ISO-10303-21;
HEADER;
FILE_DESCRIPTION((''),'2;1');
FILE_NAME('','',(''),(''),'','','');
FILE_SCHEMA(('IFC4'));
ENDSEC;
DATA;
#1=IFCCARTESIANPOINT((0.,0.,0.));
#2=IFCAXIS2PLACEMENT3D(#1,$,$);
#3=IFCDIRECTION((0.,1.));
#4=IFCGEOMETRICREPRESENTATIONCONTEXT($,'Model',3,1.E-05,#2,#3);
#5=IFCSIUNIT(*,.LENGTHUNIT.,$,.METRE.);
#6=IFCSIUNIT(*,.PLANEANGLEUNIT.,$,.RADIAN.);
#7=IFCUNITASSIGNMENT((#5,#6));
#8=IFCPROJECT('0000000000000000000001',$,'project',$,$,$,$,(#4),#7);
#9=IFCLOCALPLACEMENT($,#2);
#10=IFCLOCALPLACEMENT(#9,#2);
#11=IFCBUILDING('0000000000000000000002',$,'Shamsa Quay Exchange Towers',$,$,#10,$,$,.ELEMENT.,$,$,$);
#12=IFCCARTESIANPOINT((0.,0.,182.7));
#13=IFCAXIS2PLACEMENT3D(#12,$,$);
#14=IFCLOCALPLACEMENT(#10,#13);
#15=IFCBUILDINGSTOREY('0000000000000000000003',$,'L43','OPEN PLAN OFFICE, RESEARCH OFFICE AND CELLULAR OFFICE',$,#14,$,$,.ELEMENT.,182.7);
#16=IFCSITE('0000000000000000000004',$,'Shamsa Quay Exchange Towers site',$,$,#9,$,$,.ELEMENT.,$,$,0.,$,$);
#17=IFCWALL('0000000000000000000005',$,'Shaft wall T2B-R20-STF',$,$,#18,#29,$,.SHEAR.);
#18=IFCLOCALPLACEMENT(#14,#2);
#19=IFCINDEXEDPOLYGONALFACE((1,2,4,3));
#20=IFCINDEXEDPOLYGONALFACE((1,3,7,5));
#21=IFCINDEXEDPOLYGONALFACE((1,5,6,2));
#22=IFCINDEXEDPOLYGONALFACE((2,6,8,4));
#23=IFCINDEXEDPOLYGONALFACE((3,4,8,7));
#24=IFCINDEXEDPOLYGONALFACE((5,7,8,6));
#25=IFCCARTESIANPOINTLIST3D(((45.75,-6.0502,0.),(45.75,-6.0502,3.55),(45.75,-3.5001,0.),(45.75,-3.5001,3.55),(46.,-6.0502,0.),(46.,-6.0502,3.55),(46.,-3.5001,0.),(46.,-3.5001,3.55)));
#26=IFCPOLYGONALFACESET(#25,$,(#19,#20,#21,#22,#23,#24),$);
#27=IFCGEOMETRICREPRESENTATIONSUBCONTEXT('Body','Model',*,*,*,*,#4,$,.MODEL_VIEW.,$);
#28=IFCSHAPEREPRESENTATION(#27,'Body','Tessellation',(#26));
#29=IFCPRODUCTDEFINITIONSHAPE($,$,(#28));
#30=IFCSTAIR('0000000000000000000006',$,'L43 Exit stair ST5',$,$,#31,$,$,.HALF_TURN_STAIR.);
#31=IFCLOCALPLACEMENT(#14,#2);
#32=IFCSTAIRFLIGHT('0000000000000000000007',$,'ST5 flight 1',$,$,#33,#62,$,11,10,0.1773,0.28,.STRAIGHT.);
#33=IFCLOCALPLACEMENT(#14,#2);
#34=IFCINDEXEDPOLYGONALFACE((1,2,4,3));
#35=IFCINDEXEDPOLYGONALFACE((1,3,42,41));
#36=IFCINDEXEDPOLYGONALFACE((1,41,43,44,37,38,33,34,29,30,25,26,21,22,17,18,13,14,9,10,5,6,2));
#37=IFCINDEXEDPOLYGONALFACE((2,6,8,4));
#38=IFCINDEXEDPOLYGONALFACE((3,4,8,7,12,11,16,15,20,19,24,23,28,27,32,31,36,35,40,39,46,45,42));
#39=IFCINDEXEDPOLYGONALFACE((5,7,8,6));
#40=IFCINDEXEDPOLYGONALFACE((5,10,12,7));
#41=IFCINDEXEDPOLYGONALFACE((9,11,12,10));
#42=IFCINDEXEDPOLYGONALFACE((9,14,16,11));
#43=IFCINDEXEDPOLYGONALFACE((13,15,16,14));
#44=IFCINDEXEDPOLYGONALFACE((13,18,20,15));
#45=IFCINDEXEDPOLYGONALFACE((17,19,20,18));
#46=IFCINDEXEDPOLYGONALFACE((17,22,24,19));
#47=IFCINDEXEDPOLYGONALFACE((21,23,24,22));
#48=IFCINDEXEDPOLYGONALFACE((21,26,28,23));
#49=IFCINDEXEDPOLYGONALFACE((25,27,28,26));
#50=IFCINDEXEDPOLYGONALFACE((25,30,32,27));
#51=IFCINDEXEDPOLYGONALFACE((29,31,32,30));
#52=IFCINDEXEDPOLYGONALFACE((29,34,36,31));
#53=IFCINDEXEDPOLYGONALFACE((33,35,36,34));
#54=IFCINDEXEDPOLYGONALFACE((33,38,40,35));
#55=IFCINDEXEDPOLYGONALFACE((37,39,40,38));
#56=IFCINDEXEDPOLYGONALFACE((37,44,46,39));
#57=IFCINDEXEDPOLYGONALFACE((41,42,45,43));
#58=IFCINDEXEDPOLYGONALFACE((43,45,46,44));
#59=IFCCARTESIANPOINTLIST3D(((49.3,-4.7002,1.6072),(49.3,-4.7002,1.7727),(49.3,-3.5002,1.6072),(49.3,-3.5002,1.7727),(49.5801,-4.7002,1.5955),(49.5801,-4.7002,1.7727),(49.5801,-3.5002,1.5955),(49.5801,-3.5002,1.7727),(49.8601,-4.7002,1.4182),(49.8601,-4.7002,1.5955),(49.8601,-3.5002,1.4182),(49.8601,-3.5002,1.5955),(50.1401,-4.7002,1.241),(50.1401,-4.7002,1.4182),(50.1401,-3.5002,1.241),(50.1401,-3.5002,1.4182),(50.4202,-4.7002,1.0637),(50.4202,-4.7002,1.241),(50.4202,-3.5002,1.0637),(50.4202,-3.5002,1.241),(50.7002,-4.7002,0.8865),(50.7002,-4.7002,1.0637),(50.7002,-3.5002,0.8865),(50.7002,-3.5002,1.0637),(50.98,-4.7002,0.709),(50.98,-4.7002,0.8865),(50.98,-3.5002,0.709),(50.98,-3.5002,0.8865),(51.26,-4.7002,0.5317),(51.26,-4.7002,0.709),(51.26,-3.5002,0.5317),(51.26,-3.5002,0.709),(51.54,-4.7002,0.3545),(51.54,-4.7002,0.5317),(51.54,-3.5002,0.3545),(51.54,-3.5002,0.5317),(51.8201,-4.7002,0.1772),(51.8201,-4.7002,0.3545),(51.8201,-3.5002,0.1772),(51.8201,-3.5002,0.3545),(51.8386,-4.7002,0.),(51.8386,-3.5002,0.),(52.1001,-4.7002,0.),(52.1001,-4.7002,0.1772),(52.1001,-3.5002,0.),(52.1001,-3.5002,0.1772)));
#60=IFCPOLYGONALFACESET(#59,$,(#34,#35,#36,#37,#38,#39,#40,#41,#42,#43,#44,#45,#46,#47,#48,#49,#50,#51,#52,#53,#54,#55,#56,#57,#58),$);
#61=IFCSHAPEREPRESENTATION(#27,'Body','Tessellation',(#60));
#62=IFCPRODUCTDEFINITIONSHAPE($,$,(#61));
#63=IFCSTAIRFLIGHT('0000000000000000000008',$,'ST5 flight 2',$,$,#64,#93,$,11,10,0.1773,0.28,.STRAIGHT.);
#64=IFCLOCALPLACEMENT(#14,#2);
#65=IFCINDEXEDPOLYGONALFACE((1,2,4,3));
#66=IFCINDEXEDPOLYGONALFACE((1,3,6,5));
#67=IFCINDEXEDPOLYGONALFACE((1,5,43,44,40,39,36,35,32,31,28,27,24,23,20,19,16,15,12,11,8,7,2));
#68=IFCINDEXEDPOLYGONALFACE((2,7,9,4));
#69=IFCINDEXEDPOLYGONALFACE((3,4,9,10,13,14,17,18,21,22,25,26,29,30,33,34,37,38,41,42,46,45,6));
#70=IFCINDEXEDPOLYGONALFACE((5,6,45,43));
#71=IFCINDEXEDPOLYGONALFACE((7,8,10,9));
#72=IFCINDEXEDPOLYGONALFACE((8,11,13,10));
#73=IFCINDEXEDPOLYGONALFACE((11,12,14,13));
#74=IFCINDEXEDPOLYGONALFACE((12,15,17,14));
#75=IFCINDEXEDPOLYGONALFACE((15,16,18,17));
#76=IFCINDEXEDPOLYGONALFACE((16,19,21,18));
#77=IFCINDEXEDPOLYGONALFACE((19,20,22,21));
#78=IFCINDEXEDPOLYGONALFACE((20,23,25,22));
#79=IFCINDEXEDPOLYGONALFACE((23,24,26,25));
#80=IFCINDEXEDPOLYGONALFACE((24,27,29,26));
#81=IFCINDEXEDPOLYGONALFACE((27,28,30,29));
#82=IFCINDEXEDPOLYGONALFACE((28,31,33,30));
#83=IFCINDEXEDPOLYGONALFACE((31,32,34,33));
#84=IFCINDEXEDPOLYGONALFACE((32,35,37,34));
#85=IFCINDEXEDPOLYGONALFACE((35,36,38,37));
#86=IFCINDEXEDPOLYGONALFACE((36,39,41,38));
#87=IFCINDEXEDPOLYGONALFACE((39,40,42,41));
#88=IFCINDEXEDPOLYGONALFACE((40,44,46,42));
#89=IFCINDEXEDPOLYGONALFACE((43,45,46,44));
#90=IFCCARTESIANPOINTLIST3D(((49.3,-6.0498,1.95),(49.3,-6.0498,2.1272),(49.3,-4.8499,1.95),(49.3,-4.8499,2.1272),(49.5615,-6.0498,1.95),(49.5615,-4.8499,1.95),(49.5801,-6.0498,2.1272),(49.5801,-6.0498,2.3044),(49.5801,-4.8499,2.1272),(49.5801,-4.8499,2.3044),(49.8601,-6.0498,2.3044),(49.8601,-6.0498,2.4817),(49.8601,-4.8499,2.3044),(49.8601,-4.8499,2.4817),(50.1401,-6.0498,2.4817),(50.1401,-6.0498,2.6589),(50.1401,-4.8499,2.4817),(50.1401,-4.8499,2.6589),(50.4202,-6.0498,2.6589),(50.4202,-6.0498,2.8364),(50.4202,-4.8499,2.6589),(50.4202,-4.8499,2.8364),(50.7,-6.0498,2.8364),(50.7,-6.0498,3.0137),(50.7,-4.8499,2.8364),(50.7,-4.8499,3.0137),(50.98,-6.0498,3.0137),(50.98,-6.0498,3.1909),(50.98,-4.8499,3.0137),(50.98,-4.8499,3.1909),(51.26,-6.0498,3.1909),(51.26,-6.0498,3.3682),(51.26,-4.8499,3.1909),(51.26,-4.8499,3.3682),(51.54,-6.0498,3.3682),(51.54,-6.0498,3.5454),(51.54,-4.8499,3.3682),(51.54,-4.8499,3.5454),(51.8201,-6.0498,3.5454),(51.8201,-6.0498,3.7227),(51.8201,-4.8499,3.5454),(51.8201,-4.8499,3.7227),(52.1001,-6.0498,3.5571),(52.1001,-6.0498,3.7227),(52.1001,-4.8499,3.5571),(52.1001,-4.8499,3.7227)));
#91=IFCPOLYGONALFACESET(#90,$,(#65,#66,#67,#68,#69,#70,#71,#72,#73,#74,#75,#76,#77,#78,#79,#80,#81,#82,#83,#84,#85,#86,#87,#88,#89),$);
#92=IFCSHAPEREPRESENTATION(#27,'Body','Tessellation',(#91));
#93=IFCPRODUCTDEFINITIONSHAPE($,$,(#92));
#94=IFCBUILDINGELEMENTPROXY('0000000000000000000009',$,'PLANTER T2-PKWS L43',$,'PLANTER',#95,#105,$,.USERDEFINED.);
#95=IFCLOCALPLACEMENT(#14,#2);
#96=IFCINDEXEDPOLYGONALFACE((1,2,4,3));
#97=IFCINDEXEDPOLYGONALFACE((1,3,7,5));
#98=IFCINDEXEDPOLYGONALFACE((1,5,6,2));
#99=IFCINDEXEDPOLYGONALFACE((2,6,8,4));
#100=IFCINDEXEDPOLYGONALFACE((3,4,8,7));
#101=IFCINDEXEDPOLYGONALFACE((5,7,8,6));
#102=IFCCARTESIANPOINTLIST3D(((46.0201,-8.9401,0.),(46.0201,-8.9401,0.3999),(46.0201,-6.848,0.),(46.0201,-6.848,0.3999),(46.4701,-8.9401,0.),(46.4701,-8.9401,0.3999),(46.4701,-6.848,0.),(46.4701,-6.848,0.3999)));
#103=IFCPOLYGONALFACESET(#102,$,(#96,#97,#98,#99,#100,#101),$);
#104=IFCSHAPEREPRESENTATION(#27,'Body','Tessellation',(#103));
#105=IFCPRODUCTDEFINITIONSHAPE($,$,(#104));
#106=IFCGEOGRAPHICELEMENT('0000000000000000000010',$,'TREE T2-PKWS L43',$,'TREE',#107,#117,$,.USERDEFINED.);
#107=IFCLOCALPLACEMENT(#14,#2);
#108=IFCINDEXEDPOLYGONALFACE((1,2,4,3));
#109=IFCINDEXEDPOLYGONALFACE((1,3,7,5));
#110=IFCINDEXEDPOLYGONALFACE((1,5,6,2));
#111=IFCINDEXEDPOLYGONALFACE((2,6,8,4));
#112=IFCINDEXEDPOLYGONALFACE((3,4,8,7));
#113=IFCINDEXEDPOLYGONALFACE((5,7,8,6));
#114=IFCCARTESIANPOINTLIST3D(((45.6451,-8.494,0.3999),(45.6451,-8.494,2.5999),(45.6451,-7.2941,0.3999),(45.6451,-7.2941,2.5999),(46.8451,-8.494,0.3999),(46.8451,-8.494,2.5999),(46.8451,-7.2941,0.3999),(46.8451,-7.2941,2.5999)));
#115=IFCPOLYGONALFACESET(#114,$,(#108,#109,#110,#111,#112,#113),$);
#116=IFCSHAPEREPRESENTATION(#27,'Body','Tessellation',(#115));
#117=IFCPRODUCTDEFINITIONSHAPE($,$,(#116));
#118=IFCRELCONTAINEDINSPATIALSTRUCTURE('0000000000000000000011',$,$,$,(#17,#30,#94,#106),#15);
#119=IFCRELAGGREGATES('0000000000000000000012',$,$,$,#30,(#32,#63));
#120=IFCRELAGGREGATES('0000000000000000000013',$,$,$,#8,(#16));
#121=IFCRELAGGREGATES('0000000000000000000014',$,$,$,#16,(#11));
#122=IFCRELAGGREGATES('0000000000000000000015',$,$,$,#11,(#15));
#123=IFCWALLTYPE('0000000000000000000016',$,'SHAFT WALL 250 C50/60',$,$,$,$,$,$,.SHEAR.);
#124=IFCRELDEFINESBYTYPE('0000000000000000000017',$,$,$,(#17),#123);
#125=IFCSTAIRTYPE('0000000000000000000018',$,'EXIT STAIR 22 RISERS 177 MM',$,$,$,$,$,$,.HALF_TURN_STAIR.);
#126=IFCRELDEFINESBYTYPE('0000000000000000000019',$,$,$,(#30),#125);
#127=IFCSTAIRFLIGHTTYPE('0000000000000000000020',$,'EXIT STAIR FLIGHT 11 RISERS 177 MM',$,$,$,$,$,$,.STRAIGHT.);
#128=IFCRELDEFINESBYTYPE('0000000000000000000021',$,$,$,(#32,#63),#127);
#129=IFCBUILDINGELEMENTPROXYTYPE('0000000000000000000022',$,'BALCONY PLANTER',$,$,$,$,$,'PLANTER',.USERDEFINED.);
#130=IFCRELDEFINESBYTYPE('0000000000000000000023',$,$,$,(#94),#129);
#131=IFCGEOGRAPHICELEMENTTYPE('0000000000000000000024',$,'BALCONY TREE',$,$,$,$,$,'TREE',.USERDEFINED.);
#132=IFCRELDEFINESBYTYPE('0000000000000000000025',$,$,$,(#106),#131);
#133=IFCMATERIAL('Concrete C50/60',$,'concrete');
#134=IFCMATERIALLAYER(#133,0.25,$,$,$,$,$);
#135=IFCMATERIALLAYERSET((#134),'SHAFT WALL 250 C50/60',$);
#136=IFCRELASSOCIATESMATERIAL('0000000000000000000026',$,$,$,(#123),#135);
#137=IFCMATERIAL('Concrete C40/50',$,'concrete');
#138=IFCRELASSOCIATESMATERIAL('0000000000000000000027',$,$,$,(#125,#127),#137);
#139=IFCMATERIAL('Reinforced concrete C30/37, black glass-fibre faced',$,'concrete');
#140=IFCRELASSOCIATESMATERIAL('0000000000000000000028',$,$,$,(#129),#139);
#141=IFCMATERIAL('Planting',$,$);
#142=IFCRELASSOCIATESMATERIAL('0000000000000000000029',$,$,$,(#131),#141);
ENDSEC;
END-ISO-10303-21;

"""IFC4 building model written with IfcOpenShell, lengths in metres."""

from ifc_helpers import new_model, si_unit, direction, frame, frame_2d, origin, origin_2d, place, context, subcontext, project, spatial, polyline, rectangle, outline, extrude, material, layer, layer_set, type_object, element, aggregate, save


model = new_model("IFC4")

# Units and contexts
model_context = context("Model", 3, precision=1e-05, world=origin(), true_north=direction((0.0, 1.0)))
body_context = subcontext(model_context, "Body", "Model", "MODEL_VIEW")
ifc_project = project(units=[si_unit("LENGTHUNIT", "METRE"), si_unit("PLANEANGLEUNIT", "RADIAN")], contexts=[model_context])

# Site, building, storey
site_placement = place(None, origin())
site = spatial("IfcSite", under=ifc_project, at=site_placement, Name="Shamsa Quay Exchange Towers site", CompositionType="ELEMENT", RefElevation=0.0)
building_placement = place(site_placement, origin())
building = spatial("IfcBuilding", under=site, at=building_placement, Name="Shamsa Quay Exchange Towers", CompositionType="ELEMENT")
storey_placement = place(building_placement, frame((0.0, 0.0, 182.7)))
storey = spatial("IfcBuildingStorey", under=building, at=storey_placement, Name="L43", Description="OPEN PLAN OFFICE, RESEARCH OFFICE AND CELLULAR OFFICE", CompositionType="ELEMENT", Elevation=182.7)

# Shared definitions
ifc_material_1 = material(Name="Concrete C50/60", Category="concrete")
ifc_layer_1 = layer(ifc_material_1, 0.25)
ifc_layer_set_1 = layer_set([ifc_layer_1], Name="SHAFT WALL 250 C50/60")
wall_type_1 = type_object("IfcWallType", Name="SHAFT WALL 250 C50/60", PredefinedType="SHEAR", material=ifc_layer_set_1)

# Wall
wall_1_placement = place(storey_placement, frame((45.875, -6.05, 0.0), z_axis=(0.0, 0.0, 1.0), x_axis=(0.0, 1.0, 0.0)))
element("IfcWall", 1, at=wall_1_placement, inside=storey, type_object=wall_type_1, Name="Shaft wall T2B-R20-STF", PredefinedType="SHEAR", context=body_context, shape_type="SweptSolid", body=[
    extrude(rectangle(XDim=2.55, YDim=0.25, at=frame_2d((1.2749, 0.0))), origin(), (0.0, 0.0, 1.0), 3.55),
])

# Stair, stair flights
ifc_material_2 = material(Name="Concrete C40/50", Category="concrete")
stair_type = type_object("IfcStairType", Name="EXIT STAIR 22 RISERS 177 MM", PredefinedType="HALF_TURN_STAIR", material=ifc_material_2)
stair_placement = place(storey_placement, origin())
stair = element("IfcStair", 2, at=stair_placement, inside=storey, type_object=stair_type, Name="L43 Exit stair ST5", PredefinedType="HALF_TURN_STAIR")
stair_flight_type = type_object("IfcStairFlightType", Name="EXIT STAIR FLIGHT 11 RISERS 177 MM", PredefinedType="STRAIGHT", material=ifc_material_2)
stair_flight_1_placement = place(storey_placement, frame((52.1001, -4.1001, 0.0), z_axis=(0.0, 0.0, 1.0), x_axis=(-1.0, 0.0, 0.0)))
stair_flight_1 = element("IfcStairFlight", 3, at=stair_flight_1_placement, type_object=stair_flight_type, Name="ST5 flight 1", NumberOfRisers=11, NumberOfTreads=10, PredefinedType="STRAIGHT", RiserHeight=0.1773, TreadLength=0.28, context=body_context, shape_type="SweptSolid", body=[
    extrude(outline(polyline([(0.0, 0.0), (0.0, 0.1772), (0.28, 0.1772), (0.28, 0.3545), (0.5601, 0.3545), (0.5601, 0.5317), (0.8401, 0.5317), (0.8401, 0.709), (1.1201, 0.709), (1.1201, 0.8865), (1.3999, 0.8865), (1.3999, 1.0637), (1.6799, 1.0637), (1.6799, 1.241), (1.96, 1.241), (1.96, 1.4182), (2.24, 1.4182), (2.24, 1.5955), (2.52, 1.5955), (2.52, 1.7727), (2.8, 1.7727), (2.8, 1.95), (2.8, 1.6072), (0.2615, 0.0), (0.0, 0.0)])), frame((0.0, 0.6001, 0.0), z_axis=(0.0, -1.0, 0.0), x_axis=(1.0, 0.0, 0.0)), (0.0, 0.0, 1.0), 1.2),
])
stair_flight_2_placement = place(storey_placement, frame((49.3, -5.45, 1.95)))
stair_flight_2 = element("IfcStairFlight", 4, at=stair_flight_2_placement, type_object=stair_flight_type, Name="ST5 flight 2", NumberOfRisers=11, NumberOfTreads=10, PredefinedType="STRAIGHT", RiserHeight=0.1773, TreadLength=0.28, context=body_context, shape_type="SweptSolid", body=[
    extrude(outline(polyline([(0.0, 0.0), (0.0, 0.1772), (0.28, 0.1772), (0.28, 0.3545), (0.5601, 0.3545), (0.5601, 0.5317), (0.8401, 0.5317), (0.8401, 0.709), (1.1201, 0.709), (1.1201, 0.8865), (1.3999, 0.8865), (1.3999, 1.0637), (1.6799, 1.0637), (1.6799, 1.241), (1.96, 1.241), (1.96, 1.4182), (2.24, 1.4182), (2.24, 1.5955), (2.52, 1.5955), (2.52, 1.7727), (2.8, 1.7727), (2.8, 1.95), (2.8, 1.6072), (0.2615, 0.0), (0.0, 0.0)])), frame((0.0, 0.6001, 0.0), z_axis=(0.0, -1.0, 0.0), x_axis=(1.0, 0.0, 0.0)), (0.0, 0.0, 1.0), 1.2),
])
aggregate(stair, [stair_flight_1, stair_flight_2])

# Building element proxy
ifc_material_3 = material(Name="Reinforced concrete C30/37, black glass-fibre faced", Category="concrete")
building_element_proxy_type = type_object("IfcBuildingElementProxyType", Name="BALCONY PLANTER", ElementType="PLANTER", PredefinedType="USERDEFINED", material=ifc_material_3)
proxy_placement = place(storey_placement, frame((46.2451, -7.894, 0.0), z_axis=(0.0, 0.0, 1.0), x_axis=(0.0, 1.0, 0.0)))
element("IfcBuildingElementProxy", 5, at=proxy_placement, inside=storey, type_object=building_element_proxy_type, Name="PLANTER T2-PKWS L43", ObjectType="PLANTER", PredefinedType="USERDEFINED", context=body_context, shape_type="SweptSolid", body=[
    extrude(rectangle(XDim=2.092, YDim=0.45, at=origin_2d()), origin(), (0.0, 0.0, 1.0), 0.3999),
])

# Geographic element
ifc_material_4 = material(Name="Planting")
geographic_element_type = type_object("IfcGeographicElementType", Name="BALCONY TREE", ElementType="TREE", PredefinedType="USERDEFINED", material=ifc_material_4)
geographic_element_placement = place(storey_placement, frame((46.2451, -7.894, 0.3999), z_axis=(0.0, 0.0, 1.0), x_axis=(0.0, 1.0, 0.0)))
element("IfcGeographicElement", 6, at=geographic_element_placement, inside=storey, type_object=geographic_element_type, Name="TREE T2-PKWS L43", ObjectType="TREE", PredefinedType="USERDEFINED", context=body_context, shape_type="SweptSolid", body=[
    extrude(rectangle(XDim=1.2, YDim=1.2, at=origin_2d()), origin(), (0.0, 0.0, 1.0), 2.2),
])

save(model, "model.ifc")
